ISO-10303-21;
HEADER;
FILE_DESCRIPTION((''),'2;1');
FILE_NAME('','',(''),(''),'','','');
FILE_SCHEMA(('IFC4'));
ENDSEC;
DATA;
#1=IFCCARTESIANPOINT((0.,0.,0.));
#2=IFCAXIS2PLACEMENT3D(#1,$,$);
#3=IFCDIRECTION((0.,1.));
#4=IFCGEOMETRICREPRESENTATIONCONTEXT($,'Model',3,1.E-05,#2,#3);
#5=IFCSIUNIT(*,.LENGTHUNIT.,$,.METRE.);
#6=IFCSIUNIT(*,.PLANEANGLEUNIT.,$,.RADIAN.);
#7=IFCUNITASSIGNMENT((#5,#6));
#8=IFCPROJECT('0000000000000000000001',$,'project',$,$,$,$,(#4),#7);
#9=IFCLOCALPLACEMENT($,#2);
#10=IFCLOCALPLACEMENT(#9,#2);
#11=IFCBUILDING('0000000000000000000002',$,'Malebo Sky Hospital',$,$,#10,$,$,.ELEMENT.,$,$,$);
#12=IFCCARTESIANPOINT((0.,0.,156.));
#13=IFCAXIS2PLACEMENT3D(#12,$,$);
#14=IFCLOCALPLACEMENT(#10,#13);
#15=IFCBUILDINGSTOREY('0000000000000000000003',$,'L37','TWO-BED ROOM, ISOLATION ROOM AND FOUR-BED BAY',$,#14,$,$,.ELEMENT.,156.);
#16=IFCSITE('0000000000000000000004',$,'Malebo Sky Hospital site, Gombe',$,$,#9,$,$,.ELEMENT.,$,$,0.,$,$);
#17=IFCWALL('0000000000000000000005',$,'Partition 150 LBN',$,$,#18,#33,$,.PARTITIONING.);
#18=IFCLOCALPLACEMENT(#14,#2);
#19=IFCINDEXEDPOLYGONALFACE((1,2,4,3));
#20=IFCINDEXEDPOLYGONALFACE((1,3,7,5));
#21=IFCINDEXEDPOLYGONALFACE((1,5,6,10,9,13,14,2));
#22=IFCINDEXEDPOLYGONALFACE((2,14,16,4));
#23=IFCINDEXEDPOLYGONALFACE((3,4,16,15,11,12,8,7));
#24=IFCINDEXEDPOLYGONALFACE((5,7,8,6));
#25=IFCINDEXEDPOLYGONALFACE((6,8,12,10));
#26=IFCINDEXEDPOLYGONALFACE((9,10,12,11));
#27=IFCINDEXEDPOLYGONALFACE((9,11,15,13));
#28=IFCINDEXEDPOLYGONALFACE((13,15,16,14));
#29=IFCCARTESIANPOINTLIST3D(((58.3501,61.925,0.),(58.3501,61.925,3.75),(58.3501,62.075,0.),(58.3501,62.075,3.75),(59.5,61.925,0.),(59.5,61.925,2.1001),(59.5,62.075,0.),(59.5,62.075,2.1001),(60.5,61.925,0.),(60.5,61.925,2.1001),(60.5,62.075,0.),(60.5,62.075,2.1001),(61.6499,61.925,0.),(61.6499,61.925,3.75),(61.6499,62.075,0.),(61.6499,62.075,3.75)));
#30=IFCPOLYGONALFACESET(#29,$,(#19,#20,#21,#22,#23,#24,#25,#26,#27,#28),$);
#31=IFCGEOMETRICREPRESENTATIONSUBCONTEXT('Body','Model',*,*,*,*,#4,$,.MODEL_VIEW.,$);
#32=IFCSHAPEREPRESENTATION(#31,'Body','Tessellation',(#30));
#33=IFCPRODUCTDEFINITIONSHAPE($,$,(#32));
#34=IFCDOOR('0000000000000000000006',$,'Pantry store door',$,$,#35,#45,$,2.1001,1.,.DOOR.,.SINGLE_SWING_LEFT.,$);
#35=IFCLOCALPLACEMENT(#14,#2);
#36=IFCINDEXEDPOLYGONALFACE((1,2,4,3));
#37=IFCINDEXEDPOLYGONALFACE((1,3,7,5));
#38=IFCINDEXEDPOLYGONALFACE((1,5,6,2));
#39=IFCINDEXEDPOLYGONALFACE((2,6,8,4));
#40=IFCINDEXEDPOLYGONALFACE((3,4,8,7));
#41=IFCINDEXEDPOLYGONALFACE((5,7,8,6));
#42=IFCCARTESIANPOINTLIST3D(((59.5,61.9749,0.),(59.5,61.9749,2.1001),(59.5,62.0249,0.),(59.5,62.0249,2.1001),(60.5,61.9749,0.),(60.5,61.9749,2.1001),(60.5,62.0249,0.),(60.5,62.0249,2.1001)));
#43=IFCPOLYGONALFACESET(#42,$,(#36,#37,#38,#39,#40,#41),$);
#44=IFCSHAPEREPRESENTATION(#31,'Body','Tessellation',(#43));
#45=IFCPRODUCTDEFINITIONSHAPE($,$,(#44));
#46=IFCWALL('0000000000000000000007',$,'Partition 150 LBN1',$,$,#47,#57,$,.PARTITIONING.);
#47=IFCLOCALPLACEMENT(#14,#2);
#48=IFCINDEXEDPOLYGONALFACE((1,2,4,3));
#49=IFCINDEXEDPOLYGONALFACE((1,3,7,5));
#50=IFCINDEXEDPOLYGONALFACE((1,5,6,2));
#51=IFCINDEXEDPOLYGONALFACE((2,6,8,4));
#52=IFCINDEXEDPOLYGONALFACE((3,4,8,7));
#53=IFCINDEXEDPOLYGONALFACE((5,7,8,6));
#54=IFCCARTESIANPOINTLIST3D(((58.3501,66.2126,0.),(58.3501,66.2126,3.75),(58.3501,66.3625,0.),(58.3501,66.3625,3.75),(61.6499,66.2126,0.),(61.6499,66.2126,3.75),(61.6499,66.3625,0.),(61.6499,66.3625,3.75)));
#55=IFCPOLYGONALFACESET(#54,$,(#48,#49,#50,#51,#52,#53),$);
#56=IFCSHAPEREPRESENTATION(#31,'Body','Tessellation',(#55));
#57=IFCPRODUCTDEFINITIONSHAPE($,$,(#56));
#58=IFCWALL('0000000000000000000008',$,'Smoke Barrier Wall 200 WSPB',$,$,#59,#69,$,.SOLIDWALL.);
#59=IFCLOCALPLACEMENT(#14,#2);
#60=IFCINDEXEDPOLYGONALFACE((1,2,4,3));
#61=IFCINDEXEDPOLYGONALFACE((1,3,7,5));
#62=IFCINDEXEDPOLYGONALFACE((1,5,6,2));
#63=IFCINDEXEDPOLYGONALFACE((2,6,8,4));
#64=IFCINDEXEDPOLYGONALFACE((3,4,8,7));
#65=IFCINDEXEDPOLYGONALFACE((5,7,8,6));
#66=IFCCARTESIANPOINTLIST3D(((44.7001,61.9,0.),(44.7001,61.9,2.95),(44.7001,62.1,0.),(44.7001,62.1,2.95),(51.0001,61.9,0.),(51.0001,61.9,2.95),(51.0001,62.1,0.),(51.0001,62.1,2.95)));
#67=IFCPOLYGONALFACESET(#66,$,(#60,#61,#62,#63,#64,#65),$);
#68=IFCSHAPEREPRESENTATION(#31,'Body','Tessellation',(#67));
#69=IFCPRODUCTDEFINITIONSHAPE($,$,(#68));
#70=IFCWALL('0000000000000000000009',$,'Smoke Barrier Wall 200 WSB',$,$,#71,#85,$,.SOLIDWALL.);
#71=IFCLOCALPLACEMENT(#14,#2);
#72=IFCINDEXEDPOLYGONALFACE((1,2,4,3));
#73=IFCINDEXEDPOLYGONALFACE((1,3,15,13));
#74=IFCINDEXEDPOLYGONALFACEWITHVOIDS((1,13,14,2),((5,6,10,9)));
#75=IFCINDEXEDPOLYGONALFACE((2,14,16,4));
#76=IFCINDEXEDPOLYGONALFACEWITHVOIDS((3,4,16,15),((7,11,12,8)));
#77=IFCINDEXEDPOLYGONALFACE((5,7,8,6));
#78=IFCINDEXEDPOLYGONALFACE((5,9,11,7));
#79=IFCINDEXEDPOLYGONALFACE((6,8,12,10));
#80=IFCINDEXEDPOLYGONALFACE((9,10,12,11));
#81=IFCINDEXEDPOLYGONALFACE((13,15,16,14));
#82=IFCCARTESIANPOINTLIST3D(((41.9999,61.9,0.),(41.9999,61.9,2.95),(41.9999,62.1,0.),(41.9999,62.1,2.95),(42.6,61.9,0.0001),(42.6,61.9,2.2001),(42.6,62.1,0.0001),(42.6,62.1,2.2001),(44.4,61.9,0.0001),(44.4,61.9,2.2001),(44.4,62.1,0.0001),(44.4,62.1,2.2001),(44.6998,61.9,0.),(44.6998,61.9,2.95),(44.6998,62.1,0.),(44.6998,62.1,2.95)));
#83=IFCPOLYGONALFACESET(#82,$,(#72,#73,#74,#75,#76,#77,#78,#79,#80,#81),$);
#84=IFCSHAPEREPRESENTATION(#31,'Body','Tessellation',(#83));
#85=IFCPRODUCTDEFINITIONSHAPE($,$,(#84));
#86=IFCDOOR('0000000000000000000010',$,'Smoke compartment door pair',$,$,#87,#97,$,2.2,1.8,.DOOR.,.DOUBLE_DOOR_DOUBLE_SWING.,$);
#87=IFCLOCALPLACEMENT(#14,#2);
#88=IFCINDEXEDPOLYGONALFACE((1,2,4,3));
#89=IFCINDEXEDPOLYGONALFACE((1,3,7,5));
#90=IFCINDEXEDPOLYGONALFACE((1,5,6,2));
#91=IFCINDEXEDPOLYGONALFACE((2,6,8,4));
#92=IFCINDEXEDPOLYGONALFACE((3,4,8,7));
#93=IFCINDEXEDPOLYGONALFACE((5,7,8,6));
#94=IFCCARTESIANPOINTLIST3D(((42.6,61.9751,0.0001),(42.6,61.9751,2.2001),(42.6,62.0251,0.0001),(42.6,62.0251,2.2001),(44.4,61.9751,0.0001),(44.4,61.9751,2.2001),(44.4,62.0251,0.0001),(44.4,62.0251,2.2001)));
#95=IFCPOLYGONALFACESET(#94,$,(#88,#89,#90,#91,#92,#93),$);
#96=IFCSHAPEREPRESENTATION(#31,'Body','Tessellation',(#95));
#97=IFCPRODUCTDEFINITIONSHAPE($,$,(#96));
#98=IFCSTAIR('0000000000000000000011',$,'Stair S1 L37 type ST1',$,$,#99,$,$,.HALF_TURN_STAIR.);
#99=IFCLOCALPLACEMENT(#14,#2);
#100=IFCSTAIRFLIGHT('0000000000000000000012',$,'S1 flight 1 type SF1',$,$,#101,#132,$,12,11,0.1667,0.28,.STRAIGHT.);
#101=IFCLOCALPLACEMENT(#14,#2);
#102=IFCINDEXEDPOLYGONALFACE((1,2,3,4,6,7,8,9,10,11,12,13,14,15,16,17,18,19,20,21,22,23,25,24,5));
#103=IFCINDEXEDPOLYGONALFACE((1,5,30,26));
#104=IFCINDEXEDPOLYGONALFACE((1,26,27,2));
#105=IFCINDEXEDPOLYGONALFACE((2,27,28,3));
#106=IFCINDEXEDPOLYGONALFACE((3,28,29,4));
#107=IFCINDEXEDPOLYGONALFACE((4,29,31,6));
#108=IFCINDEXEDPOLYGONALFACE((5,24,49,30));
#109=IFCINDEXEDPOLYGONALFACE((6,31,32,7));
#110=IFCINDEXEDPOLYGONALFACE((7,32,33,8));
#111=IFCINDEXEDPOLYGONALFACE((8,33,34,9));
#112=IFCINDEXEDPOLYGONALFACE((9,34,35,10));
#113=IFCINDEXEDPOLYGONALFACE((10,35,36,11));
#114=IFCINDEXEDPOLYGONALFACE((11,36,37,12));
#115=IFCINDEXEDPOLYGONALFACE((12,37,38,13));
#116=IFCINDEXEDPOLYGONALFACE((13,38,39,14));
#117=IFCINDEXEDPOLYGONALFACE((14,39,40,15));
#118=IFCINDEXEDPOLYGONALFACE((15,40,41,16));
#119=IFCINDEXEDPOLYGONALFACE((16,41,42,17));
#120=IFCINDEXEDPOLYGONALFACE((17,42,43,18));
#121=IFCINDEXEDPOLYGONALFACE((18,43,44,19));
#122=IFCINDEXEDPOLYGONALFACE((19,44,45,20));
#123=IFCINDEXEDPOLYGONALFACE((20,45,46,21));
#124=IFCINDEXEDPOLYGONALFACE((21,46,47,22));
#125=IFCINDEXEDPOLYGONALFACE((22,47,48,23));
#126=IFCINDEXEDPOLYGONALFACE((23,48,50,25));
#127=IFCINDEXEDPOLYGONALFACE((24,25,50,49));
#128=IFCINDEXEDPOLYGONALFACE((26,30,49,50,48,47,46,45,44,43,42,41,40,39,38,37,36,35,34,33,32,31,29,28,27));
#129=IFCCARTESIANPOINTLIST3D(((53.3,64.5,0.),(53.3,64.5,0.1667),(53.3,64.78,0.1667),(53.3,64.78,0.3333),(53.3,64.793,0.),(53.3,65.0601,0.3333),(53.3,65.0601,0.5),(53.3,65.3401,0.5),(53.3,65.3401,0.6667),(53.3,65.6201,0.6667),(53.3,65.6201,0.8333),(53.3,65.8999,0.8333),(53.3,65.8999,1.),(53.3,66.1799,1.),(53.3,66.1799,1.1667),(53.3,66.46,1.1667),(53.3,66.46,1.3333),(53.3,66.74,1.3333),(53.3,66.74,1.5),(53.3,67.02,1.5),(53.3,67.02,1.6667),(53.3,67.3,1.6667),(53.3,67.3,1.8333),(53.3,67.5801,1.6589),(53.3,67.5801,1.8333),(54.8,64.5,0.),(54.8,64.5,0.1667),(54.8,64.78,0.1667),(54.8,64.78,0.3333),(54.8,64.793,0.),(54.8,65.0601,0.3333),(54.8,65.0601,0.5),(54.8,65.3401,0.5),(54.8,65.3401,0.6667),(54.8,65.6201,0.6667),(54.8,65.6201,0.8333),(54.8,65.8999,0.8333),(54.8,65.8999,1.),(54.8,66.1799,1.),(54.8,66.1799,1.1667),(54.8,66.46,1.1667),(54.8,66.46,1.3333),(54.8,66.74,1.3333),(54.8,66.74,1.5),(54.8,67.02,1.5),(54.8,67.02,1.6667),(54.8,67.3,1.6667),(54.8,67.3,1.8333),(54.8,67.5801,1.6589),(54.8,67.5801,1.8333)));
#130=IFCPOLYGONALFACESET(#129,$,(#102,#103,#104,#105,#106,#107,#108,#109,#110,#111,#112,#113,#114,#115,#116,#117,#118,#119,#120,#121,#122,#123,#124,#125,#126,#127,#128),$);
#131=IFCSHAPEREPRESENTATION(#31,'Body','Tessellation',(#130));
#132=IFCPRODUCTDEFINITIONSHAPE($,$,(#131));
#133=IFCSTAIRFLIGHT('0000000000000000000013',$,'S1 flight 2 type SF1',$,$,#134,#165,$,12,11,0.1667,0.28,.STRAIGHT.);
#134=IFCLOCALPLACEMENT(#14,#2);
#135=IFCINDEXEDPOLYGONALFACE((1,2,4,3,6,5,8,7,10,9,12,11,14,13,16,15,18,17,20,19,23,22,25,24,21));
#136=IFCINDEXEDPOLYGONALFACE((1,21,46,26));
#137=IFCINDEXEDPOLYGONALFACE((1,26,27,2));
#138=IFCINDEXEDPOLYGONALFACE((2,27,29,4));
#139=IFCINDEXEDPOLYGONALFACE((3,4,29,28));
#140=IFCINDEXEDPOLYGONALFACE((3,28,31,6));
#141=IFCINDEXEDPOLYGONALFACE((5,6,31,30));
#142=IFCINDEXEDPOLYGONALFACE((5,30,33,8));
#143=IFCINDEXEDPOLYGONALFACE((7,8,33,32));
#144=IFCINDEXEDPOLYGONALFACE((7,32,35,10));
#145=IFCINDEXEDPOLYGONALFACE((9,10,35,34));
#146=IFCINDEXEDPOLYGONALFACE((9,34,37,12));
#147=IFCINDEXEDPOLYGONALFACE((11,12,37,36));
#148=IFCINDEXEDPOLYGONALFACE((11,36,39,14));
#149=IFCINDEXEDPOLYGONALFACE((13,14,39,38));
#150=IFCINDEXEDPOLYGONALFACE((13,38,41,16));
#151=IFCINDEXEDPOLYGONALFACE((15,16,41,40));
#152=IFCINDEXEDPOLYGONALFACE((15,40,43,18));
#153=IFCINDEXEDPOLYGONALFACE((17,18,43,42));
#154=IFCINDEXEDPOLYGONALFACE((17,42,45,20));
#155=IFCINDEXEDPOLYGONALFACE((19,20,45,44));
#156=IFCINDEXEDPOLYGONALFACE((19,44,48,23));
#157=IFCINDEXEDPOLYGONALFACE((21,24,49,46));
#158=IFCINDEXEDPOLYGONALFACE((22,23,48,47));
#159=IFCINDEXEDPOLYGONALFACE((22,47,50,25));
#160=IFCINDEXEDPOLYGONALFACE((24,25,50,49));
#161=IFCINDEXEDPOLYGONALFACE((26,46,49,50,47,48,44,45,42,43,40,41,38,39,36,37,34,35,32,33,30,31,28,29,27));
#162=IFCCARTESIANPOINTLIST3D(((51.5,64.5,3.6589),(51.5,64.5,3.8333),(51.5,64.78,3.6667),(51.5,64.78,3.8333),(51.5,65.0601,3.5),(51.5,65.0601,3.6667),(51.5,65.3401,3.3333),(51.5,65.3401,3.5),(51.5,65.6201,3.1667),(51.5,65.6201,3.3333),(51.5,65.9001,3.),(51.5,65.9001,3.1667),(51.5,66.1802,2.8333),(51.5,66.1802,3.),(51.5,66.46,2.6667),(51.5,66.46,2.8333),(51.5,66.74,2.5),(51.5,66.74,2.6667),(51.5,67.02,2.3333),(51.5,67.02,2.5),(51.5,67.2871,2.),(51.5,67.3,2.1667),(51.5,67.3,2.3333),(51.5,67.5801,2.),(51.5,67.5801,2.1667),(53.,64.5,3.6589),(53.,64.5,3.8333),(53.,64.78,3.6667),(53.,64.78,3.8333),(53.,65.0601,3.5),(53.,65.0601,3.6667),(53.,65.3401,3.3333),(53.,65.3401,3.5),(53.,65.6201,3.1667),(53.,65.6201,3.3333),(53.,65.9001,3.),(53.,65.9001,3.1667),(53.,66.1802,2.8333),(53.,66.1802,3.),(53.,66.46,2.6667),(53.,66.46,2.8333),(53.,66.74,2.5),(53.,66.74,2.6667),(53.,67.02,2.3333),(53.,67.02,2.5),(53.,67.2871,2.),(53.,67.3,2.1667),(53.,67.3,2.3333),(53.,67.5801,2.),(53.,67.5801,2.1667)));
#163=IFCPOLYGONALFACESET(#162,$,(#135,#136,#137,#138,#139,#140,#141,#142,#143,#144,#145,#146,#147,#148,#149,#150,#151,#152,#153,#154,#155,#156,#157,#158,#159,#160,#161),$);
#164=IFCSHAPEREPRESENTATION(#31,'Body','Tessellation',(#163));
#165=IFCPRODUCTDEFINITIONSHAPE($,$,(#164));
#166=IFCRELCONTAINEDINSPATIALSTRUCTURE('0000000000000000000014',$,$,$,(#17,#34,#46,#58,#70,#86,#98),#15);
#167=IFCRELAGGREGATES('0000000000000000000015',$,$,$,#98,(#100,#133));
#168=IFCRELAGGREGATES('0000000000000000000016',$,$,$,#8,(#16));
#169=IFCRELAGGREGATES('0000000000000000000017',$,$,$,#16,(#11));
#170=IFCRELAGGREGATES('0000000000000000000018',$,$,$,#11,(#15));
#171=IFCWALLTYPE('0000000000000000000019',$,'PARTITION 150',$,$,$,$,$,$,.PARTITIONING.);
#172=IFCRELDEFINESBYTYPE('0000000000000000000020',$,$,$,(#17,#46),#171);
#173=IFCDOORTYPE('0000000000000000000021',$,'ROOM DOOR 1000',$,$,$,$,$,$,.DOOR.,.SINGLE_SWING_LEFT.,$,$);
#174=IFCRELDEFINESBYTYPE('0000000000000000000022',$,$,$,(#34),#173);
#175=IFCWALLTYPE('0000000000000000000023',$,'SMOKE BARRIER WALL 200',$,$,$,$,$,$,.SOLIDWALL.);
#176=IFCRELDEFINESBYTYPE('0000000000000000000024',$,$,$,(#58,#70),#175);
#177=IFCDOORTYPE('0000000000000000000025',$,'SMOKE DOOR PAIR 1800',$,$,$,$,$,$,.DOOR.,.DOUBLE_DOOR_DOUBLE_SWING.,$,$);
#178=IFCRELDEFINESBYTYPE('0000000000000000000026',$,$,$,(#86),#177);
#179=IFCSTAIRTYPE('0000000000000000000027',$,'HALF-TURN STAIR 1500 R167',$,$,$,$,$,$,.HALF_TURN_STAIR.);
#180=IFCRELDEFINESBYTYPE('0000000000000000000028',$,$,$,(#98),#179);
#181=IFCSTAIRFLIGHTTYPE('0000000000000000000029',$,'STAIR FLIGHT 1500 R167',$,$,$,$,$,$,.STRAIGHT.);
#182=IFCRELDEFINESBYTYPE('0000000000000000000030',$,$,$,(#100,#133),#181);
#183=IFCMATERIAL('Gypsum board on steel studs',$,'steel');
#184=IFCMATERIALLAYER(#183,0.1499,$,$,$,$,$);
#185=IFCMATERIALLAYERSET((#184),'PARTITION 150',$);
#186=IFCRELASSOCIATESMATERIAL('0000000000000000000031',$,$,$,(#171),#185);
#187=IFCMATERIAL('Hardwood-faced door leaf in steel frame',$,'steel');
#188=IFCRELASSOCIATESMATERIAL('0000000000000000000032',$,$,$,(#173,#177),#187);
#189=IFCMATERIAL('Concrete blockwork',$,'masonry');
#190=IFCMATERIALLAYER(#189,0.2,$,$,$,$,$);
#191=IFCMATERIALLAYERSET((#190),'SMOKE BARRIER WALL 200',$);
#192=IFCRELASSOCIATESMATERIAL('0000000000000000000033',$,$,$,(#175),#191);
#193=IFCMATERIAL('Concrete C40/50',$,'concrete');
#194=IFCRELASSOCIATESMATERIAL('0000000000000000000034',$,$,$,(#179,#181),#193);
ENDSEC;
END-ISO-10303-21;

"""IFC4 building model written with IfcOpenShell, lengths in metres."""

from ifc_helpers import new_model, si_unit, direction, frame, frame_2d, origin, place, context, subcontext, project, spatial, polyline, rectangle, outline, extrude, material, layer, layer_set, type_object, element, fill, aggregate, save


model = new_model("IFC4")

# Units and contexts
model_context = context("Model", 3, precision=1e-05, world=origin(), true_north=direction((0.0, 1.0)))
body_context = subcontext(model_context, "Body", "Model", "MODEL_VIEW")
ifc_project = project(units=[si_unit("LENGTHUNIT", "METRE"), si_unit("PLANEANGLEUNIT", "RADIAN")], contexts=[model_context])

# Site, building, storey
site_placement = place(None, origin())
site = spatial("IfcSite", under=ifc_project, at=site_placement, Name="Malebo Sky Hospital site, Gombe", CompositionType="ELEMENT", RefElevation=0.0)
building_placement = place(site_placement, origin())
building = spatial("IfcBuilding", under=site, at=building_placement, Name="Malebo Sky Hospital", CompositionType="ELEMENT")
storey_placement = place(building_placement, frame((0.0, 0.0, 156.0)))
storey = spatial("IfcBuildingStorey", under=building, at=storey_placement, Name="L37", Description="TWO-BED ROOM, ISOLATION ROOM AND FOUR-BED BAY", CompositionType="ELEMENT", Elevation=156.0)

# Shared definitions
ifc_material_1 = material(Name="Hardwood-faced door leaf in steel frame", Category="steel")

# Shared definitions
ifc_material_2 = material(Name="Gypsum board on steel studs", Category="steel")
ifc_layer_1 = layer(ifc_material_2, 0.1499)
ifc_layer_set_1 = layer_set([ifc_layer_1], Name="PARTITION 150")
wall_type_1 = type_object("IfcWallType", Name="PARTITION 150", PredefinedType="PARTITIONING", material=ifc_layer_set_1)

# Wall, opening, door
wall_1_placement = place(storey_placement, frame((58.3501, 62.0, 0.0), z_axis=(0.0, 0.0, 1.0), x_axis=(1.0, 0.0, 0.0)))
wall_1 = element("IfcWall", 1, at=wall_1_placement, inside=storey, type_object=wall_type_1, Name="Partition 150 LBN", PredefinedType="PARTITIONING", context=body_context, shape_type="SweptSolid", body=[
    extrude(rectangle(XDim=3.2998, YDim=0.1499, at=frame_2d((1.6499, 0.0))), origin(), (0.0, 0.0, 1.0), 3.75),
])
opening_1_placement = place(wall_1_placement, frame((1.1499, 0.0, 0.0)))
opening_1 = element("IfcOpeningElement", 2, at=opening_1_placement, cuts=wall_1, PredefinedType="OPENING", context=body_context, shape_type="SweptSolid", body=[
    extrude(rectangle(XDim=1.0, YDim=2.1001, at=frame_2d((0.5, 1.05))), frame((0.0, 0.085, 0.0), z_axis=(0.0, -1.0, 0.0), x_axis=(1.0, 0.0, 0.0)), (0.0, 0.0, 1.0), 0.1699),
])
door_type_1 = type_object("IfcDoorType", Name="ROOM DOOR 1000", OperationType="SINGLE_SWING_LEFT", PredefinedType="DOOR", material=ifc_material_1)
door_1_placement = place(opening_1_placement, origin())
door_1 = element("IfcDoor", 3, at=door_1_placement, inside=storey, type_object=door_type_1, Name="Pantry store door", OperationType="SINGLE_SWING_LEFT", OverallHeight=2.1001, OverallWidth=1.0, PredefinedType="DOOR", context=body_context, shape_type="SweptSolid", body=[
    extrude(rectangle(XDim=1.0, YDim=2.1001, at=frame_2d((0.5, 1.05))), frame((0.0, 0.0249, 0.0), z_axis=(0.0, -1.0, 0.0), x_axis=(1.0, 0.0, 0.0)), (0.0, 0.0, 1.0), 0.05),
])
fill(opening_1, door_1)

# Walls
wall_2_placement = place(storey_placement, frame((58.3501, 66.2876, 0.0), z_axis=(0.0, 0.0, 1.0), x_axis=(1.0, 0.0, 0.0)))
element("IfcWall", 4, at=wall_2_placement, inside=storey, type_object=wall_type_1, Name="Partition 150 LBN1", PredefinedType="PARTITIONING", context=body_context, shape_type="SweptSolid", body=[
    extrude(rectangle(XDim=3.2998, YDim=0.1499, at=frame_2d((1.6499, 0.0))), origin(), (0.0, 0.0, 1.0), 3.75),
])
ifc_material_3 = material(Name="Concrete blockwork", Category="masonry")
ifc_layer_2 = layer(ifc_material_3, 0.2)
ifc_layer_set_2 = layer_set([ifc_layer_2], Name="SMOKE BARRIER WALL 200")
wall_type_2 = type_object("IfcWallType", Name="SMOKE BARRIER WALL 200", PredefinedType="SOLIDWALL", material=ifc_layer_set_2)
wall_3_placement = place(storey_placement, frame((51.0, 62.0, 0.0), z_axis=(0.0, 0.0, 1.0), x_axis=(-1.0, 0.0, 0.0)))
element("IfcWall", 5, at=wall_3_placement, inside=storey, type_object=wall_type_2, Name="Smoke Barrier Wall 200 WSPB", PredefinedType="SOLIDWALL", context=body_context, shape_type="SweptSolid", body=[
    extrude(rectangle(XDim=6.3, YDim=0.2, at=frame_2d((3.1499, 0.0))), origin(), (0.0, 0.0, 1.0), 2.95),
])

# Wall, opening, door
wall_4_placement = place(storey_placement, frame((44.7, 62.0, 0.0), z_axis=(0.0, 0.0, 1.0), x_axis=(-1.0, 0.0, 0.0)))
wall_4 = element("IfcWall", 6, at=wall_4_placement, inside=storey, type_object=wall_type_2, Name="Smoke Barrier Wall 200 WSB", PredefinedType="SOLIDWALL", context=body_context, shape_type="SweptSolid", body=[
    extrude(rectangle(XDim=2.7, YDim=0.2, at=frame_2d((1.3501, 0.0))), origin(), (0.0, 0.0, 1.0), 2.95),
])
opening_2_placement = place(wall_4_placement, frame((0.3, 0.0, 0.0)))
opening_2 = element("IfcOpeningElement", 7, at=opening_2_placement, cuts=wall_4, PredefinedType="OPENING", context=body_context, shape_type="SweptSolid", body=[
    extrude(rectangle(XDim=1.8, YDim=2.2, at=frame_2d((0.8999, 1.1001))), frame((0.0, 0.1099, 0.0), z_axis=(0.0, -1.0, 0.0), x_axis=(1.0, 0.0, 0.0)), (0.0, 0.0, 1.0), 0.22),
])
door_type_2 = type_object("IfcDoorType", Name="SMOKE DOOR PAIR 1800", OperationType="DOUBLE_DOOR_DOUBLE_SWING", PredefinedType="DOOR", material=ifc_material_1)
door_2_placement = place(opening_2_placement, origin())
door_2 = element("IfcDoor", 8, at=door_2_placement, inside=storey, type_object=door_type_2, Name="Smoke compartment door pair", OperationType="DOUBLE_DOOR_DOUBLE_SWING", OverallHeight=2.2, OverallWidth=1.8, PredefinedType="DOOR", context=body_context, shape_type="SweptSolid", body=[
    extrude(rectangle(XDim=1.8, YDim=2.2, at=frame_2d((0.8999, 1.1001))), frame((0.0, 0.0249, 0.0), z_axis=(0.0, -1.0, 0.0), x_axis=(1.0, 0.0, 0.0)), (0.0, 0.0, 1.0), 0.05),
])
fill(opening_2, door_2)

# Stair, stair flights
ifc_material_4 = material(Name="Concrete C40/50", Category="concrete")
stair_type = type_object("IfcStairType", Name="HALF-TURN STAIR 1500 R167", PredefinedType="HALF_TURN_STAIR", material=ifc_material_4)
stair_placement = place(storey_placement, origin())
stair = element("IfcStair", 9, at=stair_placement, inside=storey, type_object=stair_type, Name="Stair S1 L37 type ST1", PredefinedType="HALF_TURN_STAIR")
stair_flight_type = type_object("IfcStairFlightType", Name="STAIR FLIGHT 1500 R167", PredefinedType="STRAIGHT", material=ifc_material_4)
stair_flight_1_placement = place(storey_placement, frame((54.05, 64.5, 0.0), z_axis=(0.0, 0.0, 1.0), x_axis=(0.0, 1.0, 0.0)))
stair_flight_1 = element("IfcStairFlight", 10, at=stair_flight_1_placement, type_object=stair_flight_type, Name="S1 flight 1 type SF1", NumberOfRisers=12, NumberOfTreads=11, PredefinedType="STRAIGHT", RiserHeight=0.1667, TreadLength=0.28, context=body_context, shape_type="SweptSolid", body=[
    extrude(outline(polyline([(0.0, 0.0), (0.0, 0.1667), (0.28, 0.1667), (0.28, 0.3333), (0.5601, 0.3333), (0.5601, 0.5), (0.8401, 0.5), (0.8401, 0.6667), (1.1201, 0.6667), (1.1201, 0.8333), (1.3999, 0.8333), (1.3999, 1.0), (1.6799, 1.0), (1.6799, 1.1667), (1.96, 1.1667), (1.96, 1.3333), (2.24, 1.3333), (2.24, 1.5), (2.52, 1.5), (2.52, 1.6667), (2.8, 1.6667), (2.8, 1.8333), (3.0801, 1.8333), (3.0801, 2.0), (3.0801, 1.6589), (0.293, 0.0), (0.0, 0.0)])), frame((0.0, 0.75, 0.0), z_axis=(0.0, -1.0, 0.0), x_axis=(1.0, 0.0, 0.0)), (0.0, 0.0, 1.0), 1.5),
])
stair_flight_2_placement = place(storey_placement, frame((52.25, 67.5801, 2.0), z_axis=(0.0, 0.0, 1.0), x_axis=(0.0, -1.0, 0.0)))
stair_flight_2 = element("IfcStairFlight", 11, at=stair_flight_2_placement, type_object=stair_flight_type, Name="S1 flight 2 type SF1", NumberOfRisers=12, NumberOfTreads=11, PredefinedType="STRAIGHT", RiserHeight=0.1667, TreadLength=0.28, context=body_context, shape_type="SweptSolid", body=[
    extrude(outline(polyline([(0.0, 0.0), (0.0, 0.1667), (0.28, 0.1667), (0.28, 0.3333), (0.5601, 0.3333), (0.5601, 0.5), (0.8401, 0.5), (0.8401, 0.6667), (1.1201, 0.6667), (1.1201, 0.8333), (1.3999, 0.8333), (1.3999, 1.0), (1.6799, 1.0), (1.6799, 1.1667), (1.96, 1.1667), (1.96, 1.3333), (2.24, 1.3333), (2.24, 1.5), (2.52, 1.5), (2.52, 1.6667), (2.8, 1.6667), (2.8, 1.8333), (3.0801, 1.8333), (3.0801, 2.0), (3.0801, 1.6589), (0.293, 0.0), (0.0, 0.0)])), frame((0.0, 0.75, 0.0), z_axis=(0.0, -1.0, 0.0), x_axis=(1.0, 0.0, 0.0)), (0.0, 0.0, 1.0), 1.5),
])
aggregate(stair, [stair_flight_1, stair_flight_2])

save(model, "model.ifc")
